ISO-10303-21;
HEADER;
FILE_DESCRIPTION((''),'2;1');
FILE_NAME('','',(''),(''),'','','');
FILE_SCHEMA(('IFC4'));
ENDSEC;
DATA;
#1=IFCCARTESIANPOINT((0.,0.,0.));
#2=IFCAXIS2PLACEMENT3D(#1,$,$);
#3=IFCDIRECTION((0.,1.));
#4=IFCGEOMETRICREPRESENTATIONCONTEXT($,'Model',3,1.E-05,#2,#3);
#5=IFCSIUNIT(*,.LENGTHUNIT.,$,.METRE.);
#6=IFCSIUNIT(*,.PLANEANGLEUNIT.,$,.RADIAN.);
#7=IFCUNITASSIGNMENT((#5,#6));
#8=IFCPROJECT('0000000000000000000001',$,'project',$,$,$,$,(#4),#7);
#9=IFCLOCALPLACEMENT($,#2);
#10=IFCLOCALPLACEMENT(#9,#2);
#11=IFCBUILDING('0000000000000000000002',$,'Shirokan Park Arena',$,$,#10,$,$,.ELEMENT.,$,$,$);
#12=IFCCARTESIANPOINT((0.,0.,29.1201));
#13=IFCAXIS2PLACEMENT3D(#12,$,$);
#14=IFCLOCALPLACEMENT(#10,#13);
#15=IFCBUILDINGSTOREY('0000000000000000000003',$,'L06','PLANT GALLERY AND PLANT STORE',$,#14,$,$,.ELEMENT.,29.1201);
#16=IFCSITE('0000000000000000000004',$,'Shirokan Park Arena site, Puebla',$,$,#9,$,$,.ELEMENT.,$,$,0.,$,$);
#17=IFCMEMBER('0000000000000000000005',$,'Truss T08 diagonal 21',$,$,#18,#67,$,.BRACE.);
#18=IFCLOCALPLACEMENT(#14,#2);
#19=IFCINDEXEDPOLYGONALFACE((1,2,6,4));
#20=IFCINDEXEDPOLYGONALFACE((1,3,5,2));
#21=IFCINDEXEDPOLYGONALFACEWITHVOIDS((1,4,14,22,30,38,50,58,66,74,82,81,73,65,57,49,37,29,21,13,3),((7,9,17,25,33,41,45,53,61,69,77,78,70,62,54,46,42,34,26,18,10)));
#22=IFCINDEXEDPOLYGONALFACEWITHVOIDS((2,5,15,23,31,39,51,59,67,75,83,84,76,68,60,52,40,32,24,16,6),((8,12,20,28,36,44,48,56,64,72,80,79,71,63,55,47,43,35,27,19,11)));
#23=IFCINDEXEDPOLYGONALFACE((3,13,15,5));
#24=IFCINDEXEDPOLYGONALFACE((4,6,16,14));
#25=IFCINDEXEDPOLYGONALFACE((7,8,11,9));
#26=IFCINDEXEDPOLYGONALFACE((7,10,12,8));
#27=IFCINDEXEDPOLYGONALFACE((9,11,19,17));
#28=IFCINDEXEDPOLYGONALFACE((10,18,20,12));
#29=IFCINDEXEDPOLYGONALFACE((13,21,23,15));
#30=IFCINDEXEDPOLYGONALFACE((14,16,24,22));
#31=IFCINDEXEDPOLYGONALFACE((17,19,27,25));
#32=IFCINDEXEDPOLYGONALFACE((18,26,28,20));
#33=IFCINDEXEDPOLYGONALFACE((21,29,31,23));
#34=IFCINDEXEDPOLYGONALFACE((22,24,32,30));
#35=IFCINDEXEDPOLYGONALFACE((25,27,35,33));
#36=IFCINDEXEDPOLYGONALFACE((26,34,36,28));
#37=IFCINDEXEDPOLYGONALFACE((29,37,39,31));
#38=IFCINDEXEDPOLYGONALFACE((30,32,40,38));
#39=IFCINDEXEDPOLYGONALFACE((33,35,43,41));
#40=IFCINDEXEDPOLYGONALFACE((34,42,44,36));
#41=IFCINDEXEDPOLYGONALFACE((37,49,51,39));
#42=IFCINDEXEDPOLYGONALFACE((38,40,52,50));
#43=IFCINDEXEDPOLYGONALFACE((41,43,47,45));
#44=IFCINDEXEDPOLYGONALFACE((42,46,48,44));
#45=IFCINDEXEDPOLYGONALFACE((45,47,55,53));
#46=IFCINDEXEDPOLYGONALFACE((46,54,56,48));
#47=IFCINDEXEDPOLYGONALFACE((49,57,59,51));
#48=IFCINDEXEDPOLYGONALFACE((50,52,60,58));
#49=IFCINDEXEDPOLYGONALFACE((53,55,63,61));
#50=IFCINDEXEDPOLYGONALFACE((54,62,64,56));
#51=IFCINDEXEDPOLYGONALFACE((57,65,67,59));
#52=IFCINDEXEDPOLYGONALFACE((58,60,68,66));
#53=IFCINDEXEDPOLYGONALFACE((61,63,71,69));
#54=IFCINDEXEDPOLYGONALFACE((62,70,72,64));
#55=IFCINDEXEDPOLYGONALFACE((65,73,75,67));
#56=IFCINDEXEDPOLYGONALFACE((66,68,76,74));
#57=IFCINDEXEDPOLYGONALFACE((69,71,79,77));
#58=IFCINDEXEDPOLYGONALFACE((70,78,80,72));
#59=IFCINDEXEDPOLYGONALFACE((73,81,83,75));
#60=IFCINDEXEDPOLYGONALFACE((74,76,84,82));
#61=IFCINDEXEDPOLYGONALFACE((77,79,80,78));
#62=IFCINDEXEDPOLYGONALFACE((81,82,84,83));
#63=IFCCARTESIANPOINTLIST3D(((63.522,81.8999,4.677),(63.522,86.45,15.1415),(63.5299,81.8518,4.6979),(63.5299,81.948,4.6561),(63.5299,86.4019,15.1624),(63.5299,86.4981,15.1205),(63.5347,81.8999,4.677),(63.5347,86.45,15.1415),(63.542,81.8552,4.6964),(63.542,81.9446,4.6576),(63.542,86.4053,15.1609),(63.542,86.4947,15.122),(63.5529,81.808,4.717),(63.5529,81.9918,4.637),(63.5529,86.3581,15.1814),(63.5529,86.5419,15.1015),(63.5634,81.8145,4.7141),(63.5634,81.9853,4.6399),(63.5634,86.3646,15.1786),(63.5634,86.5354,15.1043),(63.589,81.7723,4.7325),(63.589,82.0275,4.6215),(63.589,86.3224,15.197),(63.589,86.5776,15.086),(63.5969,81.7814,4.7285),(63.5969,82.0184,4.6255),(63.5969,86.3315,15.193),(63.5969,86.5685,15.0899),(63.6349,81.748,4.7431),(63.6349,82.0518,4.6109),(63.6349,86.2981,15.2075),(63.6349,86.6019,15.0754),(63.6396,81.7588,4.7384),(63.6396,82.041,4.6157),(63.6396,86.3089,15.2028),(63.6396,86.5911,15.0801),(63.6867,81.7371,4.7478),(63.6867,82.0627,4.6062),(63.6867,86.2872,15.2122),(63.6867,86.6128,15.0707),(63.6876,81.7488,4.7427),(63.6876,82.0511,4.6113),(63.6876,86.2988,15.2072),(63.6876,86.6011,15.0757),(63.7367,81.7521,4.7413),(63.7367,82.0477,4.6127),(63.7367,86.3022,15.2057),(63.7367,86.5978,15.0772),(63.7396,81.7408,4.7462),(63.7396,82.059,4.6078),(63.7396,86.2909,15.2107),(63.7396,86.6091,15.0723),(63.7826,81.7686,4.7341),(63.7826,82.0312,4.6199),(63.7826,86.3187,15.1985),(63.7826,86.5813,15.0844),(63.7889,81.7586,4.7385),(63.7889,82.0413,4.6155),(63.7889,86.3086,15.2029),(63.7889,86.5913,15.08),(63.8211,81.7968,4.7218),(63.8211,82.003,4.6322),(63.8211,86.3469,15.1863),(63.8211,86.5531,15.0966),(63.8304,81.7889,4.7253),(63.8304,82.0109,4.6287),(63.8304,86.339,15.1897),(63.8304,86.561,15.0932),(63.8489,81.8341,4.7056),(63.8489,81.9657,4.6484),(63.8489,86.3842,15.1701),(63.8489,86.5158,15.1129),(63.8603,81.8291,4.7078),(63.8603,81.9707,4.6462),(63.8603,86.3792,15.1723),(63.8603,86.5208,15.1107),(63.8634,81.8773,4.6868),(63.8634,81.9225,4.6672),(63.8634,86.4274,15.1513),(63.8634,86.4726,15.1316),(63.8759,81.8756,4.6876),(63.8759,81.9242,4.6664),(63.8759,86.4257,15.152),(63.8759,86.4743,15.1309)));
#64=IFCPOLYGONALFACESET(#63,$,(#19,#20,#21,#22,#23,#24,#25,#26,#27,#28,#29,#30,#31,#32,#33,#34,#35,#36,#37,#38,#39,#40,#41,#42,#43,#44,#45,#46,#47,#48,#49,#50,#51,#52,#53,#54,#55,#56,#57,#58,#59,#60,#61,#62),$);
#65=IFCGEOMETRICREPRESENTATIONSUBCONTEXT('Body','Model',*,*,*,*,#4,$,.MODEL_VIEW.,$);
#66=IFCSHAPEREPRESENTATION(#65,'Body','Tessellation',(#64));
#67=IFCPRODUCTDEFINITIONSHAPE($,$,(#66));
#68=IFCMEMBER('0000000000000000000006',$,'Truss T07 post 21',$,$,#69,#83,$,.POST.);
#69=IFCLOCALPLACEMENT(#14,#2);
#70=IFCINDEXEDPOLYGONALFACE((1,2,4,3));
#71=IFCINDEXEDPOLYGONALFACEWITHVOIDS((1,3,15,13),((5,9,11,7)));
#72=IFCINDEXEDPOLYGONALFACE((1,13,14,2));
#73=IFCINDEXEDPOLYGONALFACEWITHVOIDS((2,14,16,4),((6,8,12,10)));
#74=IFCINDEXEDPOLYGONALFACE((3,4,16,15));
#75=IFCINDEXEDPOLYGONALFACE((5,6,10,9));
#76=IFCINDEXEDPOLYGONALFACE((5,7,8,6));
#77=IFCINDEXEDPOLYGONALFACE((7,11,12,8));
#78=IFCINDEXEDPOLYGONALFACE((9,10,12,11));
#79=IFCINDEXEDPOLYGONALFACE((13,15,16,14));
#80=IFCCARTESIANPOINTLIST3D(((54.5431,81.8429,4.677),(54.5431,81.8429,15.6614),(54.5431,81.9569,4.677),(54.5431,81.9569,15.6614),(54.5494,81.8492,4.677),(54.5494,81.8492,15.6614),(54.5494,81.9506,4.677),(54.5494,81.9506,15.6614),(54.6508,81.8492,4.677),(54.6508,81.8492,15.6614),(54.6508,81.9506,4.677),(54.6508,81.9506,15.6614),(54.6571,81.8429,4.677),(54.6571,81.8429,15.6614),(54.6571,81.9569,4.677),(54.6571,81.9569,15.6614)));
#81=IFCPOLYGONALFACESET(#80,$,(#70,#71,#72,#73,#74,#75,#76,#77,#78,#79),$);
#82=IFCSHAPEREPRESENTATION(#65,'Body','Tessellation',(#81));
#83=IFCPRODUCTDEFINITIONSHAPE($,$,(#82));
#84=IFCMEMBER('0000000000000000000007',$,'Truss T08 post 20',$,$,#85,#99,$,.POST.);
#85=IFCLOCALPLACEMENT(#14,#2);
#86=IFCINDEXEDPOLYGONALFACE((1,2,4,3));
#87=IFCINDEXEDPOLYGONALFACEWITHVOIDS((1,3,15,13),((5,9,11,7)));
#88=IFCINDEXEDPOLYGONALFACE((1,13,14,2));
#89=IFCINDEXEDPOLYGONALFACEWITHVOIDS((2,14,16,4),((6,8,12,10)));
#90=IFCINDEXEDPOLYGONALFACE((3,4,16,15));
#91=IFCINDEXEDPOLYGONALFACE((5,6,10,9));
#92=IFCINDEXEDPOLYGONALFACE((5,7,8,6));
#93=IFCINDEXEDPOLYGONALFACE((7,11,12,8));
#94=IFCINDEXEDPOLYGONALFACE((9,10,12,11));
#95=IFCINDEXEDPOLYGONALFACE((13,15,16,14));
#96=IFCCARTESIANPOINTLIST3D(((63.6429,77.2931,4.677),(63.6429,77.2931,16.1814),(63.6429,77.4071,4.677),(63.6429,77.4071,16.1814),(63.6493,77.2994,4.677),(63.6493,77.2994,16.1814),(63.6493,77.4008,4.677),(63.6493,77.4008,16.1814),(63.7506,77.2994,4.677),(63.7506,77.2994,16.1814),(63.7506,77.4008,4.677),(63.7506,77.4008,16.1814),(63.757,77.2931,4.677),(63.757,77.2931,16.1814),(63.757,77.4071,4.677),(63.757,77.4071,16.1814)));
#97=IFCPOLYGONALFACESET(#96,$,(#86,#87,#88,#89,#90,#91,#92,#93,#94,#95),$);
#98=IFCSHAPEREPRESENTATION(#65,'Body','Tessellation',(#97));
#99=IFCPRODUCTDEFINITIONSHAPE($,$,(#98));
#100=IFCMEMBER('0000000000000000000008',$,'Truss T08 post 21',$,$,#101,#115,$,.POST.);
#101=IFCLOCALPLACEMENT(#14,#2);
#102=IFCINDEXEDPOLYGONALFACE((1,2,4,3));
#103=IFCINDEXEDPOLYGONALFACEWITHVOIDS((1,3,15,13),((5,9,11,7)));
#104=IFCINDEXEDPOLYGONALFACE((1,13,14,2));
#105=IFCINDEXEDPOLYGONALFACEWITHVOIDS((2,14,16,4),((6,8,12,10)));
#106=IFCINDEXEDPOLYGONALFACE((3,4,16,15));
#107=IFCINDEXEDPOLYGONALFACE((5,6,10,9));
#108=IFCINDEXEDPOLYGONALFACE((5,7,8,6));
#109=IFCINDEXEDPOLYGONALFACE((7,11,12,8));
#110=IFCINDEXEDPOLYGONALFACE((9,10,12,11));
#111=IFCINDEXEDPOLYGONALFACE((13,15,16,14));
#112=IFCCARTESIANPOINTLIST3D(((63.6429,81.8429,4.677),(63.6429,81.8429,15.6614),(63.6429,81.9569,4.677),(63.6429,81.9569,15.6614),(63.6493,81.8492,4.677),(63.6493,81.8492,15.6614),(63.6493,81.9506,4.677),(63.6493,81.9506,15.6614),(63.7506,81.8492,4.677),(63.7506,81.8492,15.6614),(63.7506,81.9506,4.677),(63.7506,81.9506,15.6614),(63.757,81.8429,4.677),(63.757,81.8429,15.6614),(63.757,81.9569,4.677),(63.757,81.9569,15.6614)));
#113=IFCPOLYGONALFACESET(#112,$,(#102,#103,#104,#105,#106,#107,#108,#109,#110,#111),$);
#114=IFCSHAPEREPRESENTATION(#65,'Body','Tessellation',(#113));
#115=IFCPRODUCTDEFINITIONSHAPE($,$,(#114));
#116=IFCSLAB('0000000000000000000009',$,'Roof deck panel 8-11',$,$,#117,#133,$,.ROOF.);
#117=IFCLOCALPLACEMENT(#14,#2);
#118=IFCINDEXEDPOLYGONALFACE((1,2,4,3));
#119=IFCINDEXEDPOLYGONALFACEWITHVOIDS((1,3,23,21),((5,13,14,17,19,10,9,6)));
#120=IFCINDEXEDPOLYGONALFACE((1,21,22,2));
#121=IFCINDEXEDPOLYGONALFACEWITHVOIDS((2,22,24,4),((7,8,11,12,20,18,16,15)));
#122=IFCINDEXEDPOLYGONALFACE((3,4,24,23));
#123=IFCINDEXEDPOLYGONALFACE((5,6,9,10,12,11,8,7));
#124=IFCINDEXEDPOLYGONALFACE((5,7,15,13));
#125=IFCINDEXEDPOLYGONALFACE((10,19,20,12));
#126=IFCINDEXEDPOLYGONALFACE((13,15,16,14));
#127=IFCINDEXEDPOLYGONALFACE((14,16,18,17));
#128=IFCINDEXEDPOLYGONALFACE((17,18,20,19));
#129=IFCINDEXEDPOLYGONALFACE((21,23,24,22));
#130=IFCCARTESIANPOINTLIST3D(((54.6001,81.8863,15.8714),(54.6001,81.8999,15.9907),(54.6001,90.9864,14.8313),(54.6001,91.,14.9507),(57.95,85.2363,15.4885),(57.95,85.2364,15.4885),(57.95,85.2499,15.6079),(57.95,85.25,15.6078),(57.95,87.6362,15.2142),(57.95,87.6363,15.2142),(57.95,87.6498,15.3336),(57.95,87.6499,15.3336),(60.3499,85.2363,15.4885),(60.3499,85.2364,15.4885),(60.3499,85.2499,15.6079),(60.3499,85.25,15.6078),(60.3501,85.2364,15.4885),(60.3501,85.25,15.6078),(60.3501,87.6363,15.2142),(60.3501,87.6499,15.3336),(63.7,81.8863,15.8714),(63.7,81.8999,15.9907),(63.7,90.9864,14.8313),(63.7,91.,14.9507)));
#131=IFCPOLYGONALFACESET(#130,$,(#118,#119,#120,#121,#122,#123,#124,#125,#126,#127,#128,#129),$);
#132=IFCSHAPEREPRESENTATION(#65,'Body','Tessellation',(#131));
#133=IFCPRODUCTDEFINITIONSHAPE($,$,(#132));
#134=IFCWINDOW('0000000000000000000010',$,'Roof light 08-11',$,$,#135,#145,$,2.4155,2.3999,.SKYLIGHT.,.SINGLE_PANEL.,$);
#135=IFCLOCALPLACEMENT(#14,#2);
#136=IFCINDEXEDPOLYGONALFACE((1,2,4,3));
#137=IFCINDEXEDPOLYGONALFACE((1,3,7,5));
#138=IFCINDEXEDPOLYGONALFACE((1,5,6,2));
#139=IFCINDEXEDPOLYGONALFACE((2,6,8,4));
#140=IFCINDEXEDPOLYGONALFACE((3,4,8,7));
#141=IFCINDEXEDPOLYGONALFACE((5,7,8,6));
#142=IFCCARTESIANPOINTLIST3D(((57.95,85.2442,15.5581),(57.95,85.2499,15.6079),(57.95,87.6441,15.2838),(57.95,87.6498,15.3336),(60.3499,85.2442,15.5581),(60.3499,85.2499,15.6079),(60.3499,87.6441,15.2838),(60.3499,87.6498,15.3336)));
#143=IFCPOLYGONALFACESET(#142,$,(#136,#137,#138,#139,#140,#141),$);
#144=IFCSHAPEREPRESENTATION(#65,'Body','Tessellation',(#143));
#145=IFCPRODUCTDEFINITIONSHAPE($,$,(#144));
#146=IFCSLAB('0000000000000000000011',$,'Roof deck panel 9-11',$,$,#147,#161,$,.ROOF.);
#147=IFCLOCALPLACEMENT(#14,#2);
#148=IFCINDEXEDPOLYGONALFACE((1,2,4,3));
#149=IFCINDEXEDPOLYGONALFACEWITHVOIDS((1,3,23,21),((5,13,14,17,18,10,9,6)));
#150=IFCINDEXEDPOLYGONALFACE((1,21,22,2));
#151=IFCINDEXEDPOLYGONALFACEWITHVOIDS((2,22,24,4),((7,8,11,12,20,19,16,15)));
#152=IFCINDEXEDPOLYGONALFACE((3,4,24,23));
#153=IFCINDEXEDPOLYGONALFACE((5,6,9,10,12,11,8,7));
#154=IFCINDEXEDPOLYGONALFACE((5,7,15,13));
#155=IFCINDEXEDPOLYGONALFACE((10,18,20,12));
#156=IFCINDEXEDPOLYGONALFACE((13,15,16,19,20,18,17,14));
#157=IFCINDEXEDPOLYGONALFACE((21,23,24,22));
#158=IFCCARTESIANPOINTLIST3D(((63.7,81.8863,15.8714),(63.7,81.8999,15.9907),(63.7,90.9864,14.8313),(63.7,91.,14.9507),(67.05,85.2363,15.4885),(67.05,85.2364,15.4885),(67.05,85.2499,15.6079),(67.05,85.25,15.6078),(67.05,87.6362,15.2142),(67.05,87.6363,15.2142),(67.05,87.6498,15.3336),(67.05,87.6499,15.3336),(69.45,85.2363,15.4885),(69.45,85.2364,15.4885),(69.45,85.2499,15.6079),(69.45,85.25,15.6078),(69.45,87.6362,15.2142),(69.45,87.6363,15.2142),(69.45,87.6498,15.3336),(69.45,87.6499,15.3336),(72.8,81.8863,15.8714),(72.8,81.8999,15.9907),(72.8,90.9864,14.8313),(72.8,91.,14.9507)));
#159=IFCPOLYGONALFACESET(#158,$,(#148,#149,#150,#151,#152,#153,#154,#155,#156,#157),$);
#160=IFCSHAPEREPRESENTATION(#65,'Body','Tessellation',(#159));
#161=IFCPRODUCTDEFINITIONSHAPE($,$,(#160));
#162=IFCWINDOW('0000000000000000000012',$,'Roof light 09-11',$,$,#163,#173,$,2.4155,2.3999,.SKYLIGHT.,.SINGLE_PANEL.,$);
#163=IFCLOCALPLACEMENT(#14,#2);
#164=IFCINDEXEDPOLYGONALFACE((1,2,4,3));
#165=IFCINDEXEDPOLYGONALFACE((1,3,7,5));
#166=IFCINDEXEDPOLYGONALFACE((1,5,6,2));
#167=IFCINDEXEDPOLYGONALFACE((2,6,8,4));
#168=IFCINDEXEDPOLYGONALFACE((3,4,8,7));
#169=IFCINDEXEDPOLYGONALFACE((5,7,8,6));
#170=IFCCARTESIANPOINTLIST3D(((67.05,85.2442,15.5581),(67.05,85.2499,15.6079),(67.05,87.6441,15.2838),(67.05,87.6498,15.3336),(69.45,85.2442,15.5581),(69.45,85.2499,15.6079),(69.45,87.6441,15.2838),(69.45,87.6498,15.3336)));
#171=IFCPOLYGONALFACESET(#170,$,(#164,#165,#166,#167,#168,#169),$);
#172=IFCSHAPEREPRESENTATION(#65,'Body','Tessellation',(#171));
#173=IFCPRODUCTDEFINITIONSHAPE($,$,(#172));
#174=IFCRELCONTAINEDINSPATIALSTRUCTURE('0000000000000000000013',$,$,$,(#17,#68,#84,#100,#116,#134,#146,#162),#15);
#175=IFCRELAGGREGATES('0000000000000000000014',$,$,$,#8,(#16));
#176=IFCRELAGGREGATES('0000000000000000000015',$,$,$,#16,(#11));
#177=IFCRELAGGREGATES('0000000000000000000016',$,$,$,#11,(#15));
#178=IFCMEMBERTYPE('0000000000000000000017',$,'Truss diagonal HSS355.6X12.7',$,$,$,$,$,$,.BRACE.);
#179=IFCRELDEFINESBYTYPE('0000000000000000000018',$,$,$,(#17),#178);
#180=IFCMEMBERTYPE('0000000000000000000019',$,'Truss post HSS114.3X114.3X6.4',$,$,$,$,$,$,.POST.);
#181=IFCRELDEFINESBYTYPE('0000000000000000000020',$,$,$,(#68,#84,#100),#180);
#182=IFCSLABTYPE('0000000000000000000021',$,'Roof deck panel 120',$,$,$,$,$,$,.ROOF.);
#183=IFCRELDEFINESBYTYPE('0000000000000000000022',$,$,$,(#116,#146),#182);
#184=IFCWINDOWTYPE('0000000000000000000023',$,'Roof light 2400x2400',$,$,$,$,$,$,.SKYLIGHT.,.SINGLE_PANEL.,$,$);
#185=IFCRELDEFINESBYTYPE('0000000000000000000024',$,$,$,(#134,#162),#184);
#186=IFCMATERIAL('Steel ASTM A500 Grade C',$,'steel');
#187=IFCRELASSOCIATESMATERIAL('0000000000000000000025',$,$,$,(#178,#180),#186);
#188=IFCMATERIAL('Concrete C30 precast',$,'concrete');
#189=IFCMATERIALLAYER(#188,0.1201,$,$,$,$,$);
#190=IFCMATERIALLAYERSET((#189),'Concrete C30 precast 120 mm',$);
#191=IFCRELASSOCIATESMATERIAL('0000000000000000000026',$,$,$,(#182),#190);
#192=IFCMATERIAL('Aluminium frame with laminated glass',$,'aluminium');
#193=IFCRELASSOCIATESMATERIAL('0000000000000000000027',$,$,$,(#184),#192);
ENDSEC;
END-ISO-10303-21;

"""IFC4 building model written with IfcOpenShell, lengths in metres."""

from ifc_helpers import new_model, si_unit, direction, frame, origin, origin_2d, place, context, subcontext, project, spatial, polyline, rectangle, hollow_rectangle, hollow_circle, outline, extrude, material, layer, layer_set, material_profile, profile_set, type_object, element, fill, save


model = new_model("IFC4")

# Units and contexts
model_context = context("Model", 3, precision=1e-05, world=origin(), true_north=direction((0.0, 1.0)))
body_context = subcontext(model_context, "Body", "Model", "MODEL_VIEW")
ifc_project = project(units=[si_unit("LENGTHUNIT", "METRE"), si_unit("PLANEANGLEUNIT", "RADIAN")], contexts=[model_context])

# Site, building, storey
site_placement = place(None, origin())
site = spatial("IfcSite", under=ifc_project, at=site_placement, Name="Shirokan Park Arena site, Puebla", CompositionType="ELEMENT", RefElevation=0.0)
building_placement = place(site_placement, origin())
building = spatial("IfcBuilding", under=site, at=building_placement, Name="Shirokan Park Arena", CompositionType="ELEMENT")
storey_placement = place(building_placement, frame((0.0, 0.0, 29.1201)))
storey = spatial("IfcBuildingStorey", under=building, at=storey_placement, Name="L06", Description="PLANT GALLERY AND PLANT STORE", CompositionType="ELEMENT", Elevation=29.1201)

# Members
ifc_material_1 = material(Name="Steel ASTM A500 Grade C", Category="steel")
ifc_material_profile_1 = material_profile(ifc_material_1, hollow_circle(Radius=0.178, WallThickness=0.0127, at=origin_2d()), Name="HSS355.6X12.7")
ifc_profile_set_1 = profile_set([ifc_material_profile_1], Name="Steel ASTM A500 Grade C")
member_type_1 = type_object("IfcMemberType", Name="Truss diagonal HSS355.6X12.7", PredefinedType="BRACE", material=ifc_profile_set_1)
member_1_placement = place(storey_placement, frame((63.7, 81.8999, 4.677), z_axis=(0.0, 0.39875, 0.91706), x_axis=(-1.0, 0.0, 0.0)))
element("IfcMember", 1, at=member_1_placement, inside=storey, type_object=member_type_1, Name="Truss T08 diagonal 21", PredefinedType="BRACE", context=body_context, shape_type="SweptSolid", body=[
    extrude(hollow_circle(Radius=0.178, WallThickness=0.0127, at=origin_2d()), origin(), (0.0, 0.0, 1.0), 11.4109),
])
ifc_material_profile_2 = material_profile(ifc_material_1, hollow_rectangle(XDim=0.114, YDim=0.114, WallThickness=0.0063, at=origin_2d()), Name="HSS114.3X114.3X6.4")
ifc_profile_set_2 = profile_set([ifc_material_profile_2], Name="Steel ASTM A500 Grade C")
member_type_2 = type_object("IfcMemberType", Name="Truss post HSS114.3X114.3X6.4", PredefinedType="POST", material=ifc_profile_set_2)
member_2_placement = place(storey_placement, frame((54.6001, 81.8999, 4.677), z_axis=(0.0, 0.0, 1.0), x_axis=(1.0, 0.0, 0.0)))
element("IfcMember", 2, at=member_2_placement, inside=storey, type_object=member_type_2, Name="Truss T07 post 21", PredefinedType="POST", context=body_context, shape_type="SweptSolid", body=[
    extrude(hollow_rectangle(XDim=0.114, YDim=0.114, WallThickness=0.0063, at=origin_2d()), origin(), (0.0, 0.0, 1.0), 10.9844),
])
member_3_placement = place(storey_placement, frame((63.7, 77.3501, 4.677), z_axis=(0.0, 0.0, 1.0), x_axis=(1.0, 0.0, 0.0)))
element("IfcMember", 3, at=member_3_placement, inside=storey, type_object=member_type_2, Name="Truss T08 post 20", PredefinedType="POST", context=body_context, shape_type="SweptSolid", body=[
    extrude(hollow_rectangle(XDim=0.114, YDim=0.114, WallThickness=0.0063, at=origin_2d()), origin(), (0.0, 0.0, 1.0), 11.5044),
])
member_4_placement = place(storey_placement, frame((63.7, 81.8999, 4.677), z_axis=(0.0, 0.0, 1.0), x_axis=(1.0, 0.0, 0.0)))
element("IfcMember", 4, at=member_4_placement, inside=storey, type_object=member_type_2, Name="Truss T08 post 21", PredefinedType="POST", context=body_context, shape_type="SweptSolid", body=[
    extrude(hollow_rectangle(XDim=0.114, YDim=0.114, WallThickness=0.0063, at=origin_2d()), origin(), (0.0, 0.0, 1.0), 10.9844),
])

# Slabs, openings, windows
ifc_material_2 = material(Name="Concrete C30 precast", Category="concrete")
ifc_layer_1 = layer(ifc_material_2, 0.1201)
ifc_layer_set_1 = layer_set([ifc_layer_1], Name="Concrete C30 precast 120 mm")
slab_type = type_object("IfcSlabType", Name="Roof deck panel 120", PredefinedType="ROOF", material=ifc_layer_set_1)
slab_1_placement = place(storey_placement, frame((54.6001, 81.8999, 15.9907), z_axis=(0.0, 0.11355, 0.993532), x_axis=(1.0, 0.0, 0.0)))
slab_1 = element("IfcSlab", 5, at=slab_1_placement, inside=storey, type_object=slab_type, Name="Roof deck panel 8-11", PredefinedType="ROOF", context=body_context, shape_type="SweptSolid", body=[
    extrude(outline(polyline([(0.0, 0.0), (9.0999, 0.0), (9.0999, 9.1593), (0.0, 9.1593), (0.0, 0.0)]), holes=[polyline([(3.3499, 3.3719), (5.75, 3.3719), (5.75, 5.7874), (3.3499, 5.7874), (3.3499, 3.3719)])]), origin(), (0.0, 0.0, -1.0), 0.1201),
])
opening_1_placement = place(slab_1_placement, frame((4.5498, 4.5796, 0.01)))
opening_1 = element("IfcOpeningElement", 6, at=opening_1_placement, cuts=slab_1, PredefinedType="OPENING", context=body_context, shape_type="SweptSolid", body=[
    extrude(rectangle(XDim=2.3999, YDim=2.4155, at=origin_2d()), origin(), (0.0, 0.0, -1.0), 0.1399),
])
ifc_material_3 = material(Name="Aluminium frame with laminated glass", Category="aluminium")
window_type = type_object("IfcWindowType", Name="Roof light 2400x2400", PartitioningType="SINGLE_PANEL", PredefinedType="SKYLIGHT", material=ifc_material_3)
window_1_placement = place(opening_1_placement, frame((0.0, 0.0, -0.0601)))
window_1 = element("IfcWindow", 7, at=window_1_placement, inside=storey, type_object=window_type, Name="Roof light 08-11", OverallHeight=2.4155, OverallWidth=2.3999, PartitioningType="SINGLE_PANEL", PredefinedType="SKYLIGHT", context=body_context, shape_type="SweptSolid", body=[
    extrude(rectangle(XDim=2.3999, YDim=2.4155, at=origin_2d()), origin(), (0.0, 0.0, 1.0), 0.05),
])
fill(opening_1, window_1)
slab_2_placement = place(storey_placement, frame((63.7, 81.8999, 15.9907), z_axis=(0.0, 0.11355, 0.993532), x_axis=(1.0, 0.0, 0.0)))
slab_2 = element("IfcSlab", 8, at=slab_2_placement, inside=storey, type_object=slab_type, Name="Roof deck panel 9-11", PredefinedType="ROOF", context=body_context, shape_type="SweptSolid", body=[
    extrude(outline(polyline([(0.0, 0.0), (9.1001, 0.0), (9.1001, 9.1593), (0.0, 9.1593), (0.0, 0.0)]), holes=[polyline([(3.3501, 3.3719), (5.75, 3.3719), (5.75, 5.7874), (3.3501, 5.7874), (3.3501, 3.3719)])]), origin(), (0.0, 0.0, -1.0), 0.1201),
])
opening_2_placement = place(slab_2_placement, frame((4.55, 4.5796, 0.01)))
opening_2 = element("IfcOpeningElement", 9, at=opening_2_placement, cuts=slab_2, PredefinedType="OPENING", context=body_context, shape_type="SweptSolid", body=[
    extrude(rectangle(XDim=2.3999, YDim=2.4155, at=origin_2d()), origin(), (0.0, 0.0, -1.0), 0.1399),
])
window_2_placement = place(opening_2_placement, frame((0.0, 0.0, -0.0601)))
window_2 = element("IfcWindow", 10, at=window_2_placement, inside=storey, type_object=window_type, Name="Roof light 09-11", OverallHeight=2.4155, OverallWidth=2.3999, PartitioningType="SINGLE_PANEL", PredefinedType="SKYLIGHT", context=body_context, shape_type="SweptSolid", body=[
    extrude(rectangle(XDim=2.3999, YDim=2.4155, at=origin_2d()), origin(), (0.0, 0.0, 1.0), 0.05),
])
fill(opening_2, window_2)

save(model, "model.ifc")
